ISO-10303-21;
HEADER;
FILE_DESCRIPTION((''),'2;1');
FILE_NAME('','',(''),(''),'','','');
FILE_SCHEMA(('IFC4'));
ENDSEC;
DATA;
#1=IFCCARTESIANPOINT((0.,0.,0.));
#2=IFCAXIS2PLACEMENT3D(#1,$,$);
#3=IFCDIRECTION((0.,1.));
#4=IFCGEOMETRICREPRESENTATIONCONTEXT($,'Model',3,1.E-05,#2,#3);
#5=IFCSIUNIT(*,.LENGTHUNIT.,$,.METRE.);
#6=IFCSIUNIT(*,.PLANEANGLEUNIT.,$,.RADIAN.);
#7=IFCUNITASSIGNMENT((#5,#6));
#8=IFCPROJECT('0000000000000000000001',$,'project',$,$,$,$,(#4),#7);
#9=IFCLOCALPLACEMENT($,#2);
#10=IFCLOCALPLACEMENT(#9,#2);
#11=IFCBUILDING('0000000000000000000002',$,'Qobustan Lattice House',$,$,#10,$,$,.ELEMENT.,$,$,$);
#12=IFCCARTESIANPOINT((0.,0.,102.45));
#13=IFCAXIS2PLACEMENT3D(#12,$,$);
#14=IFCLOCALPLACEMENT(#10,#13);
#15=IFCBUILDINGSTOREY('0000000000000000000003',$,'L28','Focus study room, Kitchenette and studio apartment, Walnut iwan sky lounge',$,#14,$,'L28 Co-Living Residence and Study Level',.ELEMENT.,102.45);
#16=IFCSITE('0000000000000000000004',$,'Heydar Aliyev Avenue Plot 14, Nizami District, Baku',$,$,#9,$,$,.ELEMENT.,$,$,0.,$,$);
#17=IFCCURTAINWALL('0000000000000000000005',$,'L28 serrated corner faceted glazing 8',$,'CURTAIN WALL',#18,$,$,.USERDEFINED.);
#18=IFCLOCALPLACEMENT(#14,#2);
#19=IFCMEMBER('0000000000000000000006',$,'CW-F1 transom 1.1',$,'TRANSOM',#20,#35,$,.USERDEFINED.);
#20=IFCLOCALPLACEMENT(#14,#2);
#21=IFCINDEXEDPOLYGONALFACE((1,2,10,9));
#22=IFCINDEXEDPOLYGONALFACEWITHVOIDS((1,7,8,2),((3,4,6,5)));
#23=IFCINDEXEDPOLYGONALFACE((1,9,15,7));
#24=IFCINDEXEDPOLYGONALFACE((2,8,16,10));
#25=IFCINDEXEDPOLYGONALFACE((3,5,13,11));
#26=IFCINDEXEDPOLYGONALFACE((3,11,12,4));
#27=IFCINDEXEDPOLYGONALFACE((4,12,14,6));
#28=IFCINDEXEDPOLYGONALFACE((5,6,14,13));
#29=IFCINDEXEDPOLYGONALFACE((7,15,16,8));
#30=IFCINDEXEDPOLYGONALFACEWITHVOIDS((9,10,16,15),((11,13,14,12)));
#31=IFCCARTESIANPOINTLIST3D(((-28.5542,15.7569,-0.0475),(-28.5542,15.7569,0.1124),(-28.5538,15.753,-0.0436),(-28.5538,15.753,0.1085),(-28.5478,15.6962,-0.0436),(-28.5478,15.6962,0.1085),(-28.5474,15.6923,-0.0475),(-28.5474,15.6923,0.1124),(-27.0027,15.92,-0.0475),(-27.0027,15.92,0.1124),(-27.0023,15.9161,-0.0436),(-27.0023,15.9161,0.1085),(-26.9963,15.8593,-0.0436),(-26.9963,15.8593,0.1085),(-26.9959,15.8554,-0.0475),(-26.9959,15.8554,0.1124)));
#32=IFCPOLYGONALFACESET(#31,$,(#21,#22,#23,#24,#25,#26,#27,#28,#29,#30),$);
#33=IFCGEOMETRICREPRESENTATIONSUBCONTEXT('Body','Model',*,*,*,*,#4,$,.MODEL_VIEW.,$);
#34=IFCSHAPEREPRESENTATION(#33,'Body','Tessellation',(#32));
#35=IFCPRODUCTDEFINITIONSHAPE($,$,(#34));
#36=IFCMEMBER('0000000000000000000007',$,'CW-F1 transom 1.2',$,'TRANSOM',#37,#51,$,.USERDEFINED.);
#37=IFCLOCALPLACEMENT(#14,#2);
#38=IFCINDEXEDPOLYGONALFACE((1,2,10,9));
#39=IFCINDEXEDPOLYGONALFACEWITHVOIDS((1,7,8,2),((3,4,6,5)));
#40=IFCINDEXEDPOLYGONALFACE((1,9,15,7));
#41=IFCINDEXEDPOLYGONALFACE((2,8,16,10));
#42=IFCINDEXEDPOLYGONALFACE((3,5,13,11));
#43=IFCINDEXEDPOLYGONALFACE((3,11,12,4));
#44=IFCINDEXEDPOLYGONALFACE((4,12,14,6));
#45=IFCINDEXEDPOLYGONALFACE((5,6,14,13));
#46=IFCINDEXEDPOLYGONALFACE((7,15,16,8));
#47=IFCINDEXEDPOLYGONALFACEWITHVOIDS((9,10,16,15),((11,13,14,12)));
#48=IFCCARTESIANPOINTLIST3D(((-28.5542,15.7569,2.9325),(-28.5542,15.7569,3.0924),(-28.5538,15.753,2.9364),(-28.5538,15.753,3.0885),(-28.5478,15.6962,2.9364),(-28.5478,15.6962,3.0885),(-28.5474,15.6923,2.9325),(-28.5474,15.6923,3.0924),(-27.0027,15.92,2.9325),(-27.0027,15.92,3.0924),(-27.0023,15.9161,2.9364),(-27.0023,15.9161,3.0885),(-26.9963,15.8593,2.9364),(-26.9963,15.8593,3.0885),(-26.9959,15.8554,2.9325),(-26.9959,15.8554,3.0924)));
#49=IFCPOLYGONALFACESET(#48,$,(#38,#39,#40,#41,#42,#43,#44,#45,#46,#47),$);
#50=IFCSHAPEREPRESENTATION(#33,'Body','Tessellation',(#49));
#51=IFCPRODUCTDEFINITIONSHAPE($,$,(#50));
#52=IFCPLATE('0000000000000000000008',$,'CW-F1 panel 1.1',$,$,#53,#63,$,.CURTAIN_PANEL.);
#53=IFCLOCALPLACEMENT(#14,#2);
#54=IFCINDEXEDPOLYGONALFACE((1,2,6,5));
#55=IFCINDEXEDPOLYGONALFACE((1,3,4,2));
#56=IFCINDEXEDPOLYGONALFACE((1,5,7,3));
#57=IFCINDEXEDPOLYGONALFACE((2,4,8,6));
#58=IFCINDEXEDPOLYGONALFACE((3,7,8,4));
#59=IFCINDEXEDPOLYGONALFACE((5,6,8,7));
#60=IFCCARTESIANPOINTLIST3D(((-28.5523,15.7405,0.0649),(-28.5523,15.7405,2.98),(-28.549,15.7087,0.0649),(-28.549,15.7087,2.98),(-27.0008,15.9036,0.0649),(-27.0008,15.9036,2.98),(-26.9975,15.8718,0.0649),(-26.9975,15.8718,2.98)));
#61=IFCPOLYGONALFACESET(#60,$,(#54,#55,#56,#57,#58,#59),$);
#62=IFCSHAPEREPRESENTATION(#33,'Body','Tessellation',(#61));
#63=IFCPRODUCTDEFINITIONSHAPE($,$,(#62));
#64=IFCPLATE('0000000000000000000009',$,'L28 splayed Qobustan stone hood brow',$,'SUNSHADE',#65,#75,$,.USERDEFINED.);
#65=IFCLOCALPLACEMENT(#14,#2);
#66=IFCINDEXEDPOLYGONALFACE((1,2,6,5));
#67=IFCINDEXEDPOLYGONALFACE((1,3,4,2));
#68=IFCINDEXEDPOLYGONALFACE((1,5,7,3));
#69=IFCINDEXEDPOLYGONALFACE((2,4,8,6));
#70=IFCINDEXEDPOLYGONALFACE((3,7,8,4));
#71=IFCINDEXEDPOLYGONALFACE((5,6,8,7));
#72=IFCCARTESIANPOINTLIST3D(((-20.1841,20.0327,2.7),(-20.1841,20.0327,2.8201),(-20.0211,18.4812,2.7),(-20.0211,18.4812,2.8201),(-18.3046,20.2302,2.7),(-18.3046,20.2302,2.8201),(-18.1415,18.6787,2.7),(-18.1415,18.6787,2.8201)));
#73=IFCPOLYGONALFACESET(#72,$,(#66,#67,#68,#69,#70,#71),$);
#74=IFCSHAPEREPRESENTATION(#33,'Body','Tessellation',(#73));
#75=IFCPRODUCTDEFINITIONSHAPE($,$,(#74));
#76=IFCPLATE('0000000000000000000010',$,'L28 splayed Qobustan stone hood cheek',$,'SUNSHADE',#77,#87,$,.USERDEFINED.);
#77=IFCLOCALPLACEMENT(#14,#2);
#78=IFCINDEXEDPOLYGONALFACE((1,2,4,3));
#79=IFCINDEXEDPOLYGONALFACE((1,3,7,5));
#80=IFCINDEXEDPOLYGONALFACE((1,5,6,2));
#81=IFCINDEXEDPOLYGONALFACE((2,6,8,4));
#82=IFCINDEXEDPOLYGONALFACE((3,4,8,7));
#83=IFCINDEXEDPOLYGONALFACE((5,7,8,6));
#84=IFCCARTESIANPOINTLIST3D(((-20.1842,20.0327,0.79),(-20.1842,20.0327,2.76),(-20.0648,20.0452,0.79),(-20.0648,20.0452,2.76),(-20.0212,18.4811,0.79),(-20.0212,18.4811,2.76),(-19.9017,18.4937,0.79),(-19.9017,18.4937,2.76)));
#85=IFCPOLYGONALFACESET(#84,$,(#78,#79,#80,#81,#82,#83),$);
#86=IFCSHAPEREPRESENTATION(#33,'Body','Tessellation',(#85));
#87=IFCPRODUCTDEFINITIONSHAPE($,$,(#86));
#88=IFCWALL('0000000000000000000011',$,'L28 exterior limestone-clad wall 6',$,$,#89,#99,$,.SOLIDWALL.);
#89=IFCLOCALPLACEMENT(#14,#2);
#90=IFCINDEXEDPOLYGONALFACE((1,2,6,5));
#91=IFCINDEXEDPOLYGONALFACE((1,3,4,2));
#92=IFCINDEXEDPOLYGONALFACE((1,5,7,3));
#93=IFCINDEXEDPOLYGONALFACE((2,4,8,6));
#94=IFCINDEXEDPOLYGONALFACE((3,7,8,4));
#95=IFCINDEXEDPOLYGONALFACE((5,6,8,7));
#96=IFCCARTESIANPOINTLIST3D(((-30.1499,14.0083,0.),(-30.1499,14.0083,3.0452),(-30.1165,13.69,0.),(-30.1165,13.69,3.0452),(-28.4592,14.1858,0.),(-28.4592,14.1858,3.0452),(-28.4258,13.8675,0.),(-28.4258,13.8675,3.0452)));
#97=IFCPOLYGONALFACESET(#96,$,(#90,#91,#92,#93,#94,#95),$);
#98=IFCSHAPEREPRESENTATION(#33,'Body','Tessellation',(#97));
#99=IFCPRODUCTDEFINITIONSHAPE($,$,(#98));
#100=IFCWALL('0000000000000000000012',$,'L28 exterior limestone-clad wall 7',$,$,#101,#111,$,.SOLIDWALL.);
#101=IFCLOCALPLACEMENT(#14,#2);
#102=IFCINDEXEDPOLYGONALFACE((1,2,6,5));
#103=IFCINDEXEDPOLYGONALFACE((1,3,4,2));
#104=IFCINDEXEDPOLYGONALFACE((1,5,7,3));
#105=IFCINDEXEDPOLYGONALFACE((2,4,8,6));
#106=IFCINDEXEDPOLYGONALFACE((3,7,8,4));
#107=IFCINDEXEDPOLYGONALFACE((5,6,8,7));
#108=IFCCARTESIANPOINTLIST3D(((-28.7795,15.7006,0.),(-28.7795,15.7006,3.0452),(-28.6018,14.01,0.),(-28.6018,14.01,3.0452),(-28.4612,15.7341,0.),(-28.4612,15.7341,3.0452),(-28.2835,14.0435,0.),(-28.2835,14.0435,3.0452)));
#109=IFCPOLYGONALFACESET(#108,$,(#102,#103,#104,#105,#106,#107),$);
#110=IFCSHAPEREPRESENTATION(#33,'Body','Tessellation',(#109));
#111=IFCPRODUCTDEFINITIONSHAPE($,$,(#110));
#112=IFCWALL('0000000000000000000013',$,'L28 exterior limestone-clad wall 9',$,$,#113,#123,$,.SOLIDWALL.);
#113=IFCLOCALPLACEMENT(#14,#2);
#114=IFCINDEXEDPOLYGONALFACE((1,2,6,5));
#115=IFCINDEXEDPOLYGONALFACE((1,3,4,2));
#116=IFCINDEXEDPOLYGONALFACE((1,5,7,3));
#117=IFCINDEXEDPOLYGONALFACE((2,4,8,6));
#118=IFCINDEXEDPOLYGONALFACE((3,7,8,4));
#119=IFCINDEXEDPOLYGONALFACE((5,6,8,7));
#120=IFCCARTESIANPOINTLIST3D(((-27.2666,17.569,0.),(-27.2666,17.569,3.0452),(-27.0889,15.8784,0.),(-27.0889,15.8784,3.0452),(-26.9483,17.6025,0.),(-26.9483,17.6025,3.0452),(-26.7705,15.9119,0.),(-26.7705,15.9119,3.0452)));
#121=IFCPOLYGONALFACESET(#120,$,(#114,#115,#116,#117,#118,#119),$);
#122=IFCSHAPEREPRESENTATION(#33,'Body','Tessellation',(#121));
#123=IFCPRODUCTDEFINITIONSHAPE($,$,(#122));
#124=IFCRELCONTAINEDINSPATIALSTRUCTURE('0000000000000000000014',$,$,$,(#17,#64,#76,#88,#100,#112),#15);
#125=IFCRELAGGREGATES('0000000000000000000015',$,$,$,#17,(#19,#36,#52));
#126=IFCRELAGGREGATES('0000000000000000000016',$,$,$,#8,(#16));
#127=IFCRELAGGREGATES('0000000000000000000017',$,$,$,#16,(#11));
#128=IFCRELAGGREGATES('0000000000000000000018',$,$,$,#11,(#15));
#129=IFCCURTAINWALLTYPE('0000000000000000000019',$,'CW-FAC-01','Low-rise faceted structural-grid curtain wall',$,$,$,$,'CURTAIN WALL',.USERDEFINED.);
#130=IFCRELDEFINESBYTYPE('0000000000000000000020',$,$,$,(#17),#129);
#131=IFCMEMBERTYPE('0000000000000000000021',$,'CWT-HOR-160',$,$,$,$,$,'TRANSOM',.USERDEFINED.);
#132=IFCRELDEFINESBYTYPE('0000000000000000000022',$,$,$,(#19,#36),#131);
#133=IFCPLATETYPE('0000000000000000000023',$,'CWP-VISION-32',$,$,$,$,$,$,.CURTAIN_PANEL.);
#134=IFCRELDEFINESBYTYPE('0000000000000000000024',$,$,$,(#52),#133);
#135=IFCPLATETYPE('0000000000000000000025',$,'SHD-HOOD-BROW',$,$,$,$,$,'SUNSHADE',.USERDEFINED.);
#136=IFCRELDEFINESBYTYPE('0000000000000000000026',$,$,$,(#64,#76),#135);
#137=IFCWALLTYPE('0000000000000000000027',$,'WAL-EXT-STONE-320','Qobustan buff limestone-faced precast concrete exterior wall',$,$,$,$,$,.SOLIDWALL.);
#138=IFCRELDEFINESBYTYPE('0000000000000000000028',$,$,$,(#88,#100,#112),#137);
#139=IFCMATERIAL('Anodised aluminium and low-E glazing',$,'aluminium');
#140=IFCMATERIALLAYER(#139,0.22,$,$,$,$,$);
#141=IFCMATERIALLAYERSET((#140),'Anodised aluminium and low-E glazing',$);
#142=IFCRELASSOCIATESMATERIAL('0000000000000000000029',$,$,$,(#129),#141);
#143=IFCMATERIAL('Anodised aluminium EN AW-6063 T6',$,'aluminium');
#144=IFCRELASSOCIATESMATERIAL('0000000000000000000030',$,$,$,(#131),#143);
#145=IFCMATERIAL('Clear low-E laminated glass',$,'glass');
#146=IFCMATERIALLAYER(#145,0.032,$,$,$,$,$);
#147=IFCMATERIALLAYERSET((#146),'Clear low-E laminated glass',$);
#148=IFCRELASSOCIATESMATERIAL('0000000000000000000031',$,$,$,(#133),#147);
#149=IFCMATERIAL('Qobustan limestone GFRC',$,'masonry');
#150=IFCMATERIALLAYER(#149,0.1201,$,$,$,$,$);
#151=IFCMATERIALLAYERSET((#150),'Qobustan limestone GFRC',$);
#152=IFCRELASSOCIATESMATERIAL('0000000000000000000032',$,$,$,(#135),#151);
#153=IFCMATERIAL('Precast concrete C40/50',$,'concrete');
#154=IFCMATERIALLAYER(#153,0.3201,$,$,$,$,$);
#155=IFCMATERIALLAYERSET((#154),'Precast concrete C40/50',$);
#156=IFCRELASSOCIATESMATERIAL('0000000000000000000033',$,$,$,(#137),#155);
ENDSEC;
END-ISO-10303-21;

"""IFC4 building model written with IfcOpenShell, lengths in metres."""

from ifc_helpers import new_model, si_unit, direction, frame, frame_2d, origin, origin_2d, place, context, subcontext, project, spatial, rectangle, hollow_rectangle, extrude, material, layer, layer_set, material_profile, profile_set, type_object, element, aggregate, save


model = new_model("IFC4")

# Units and contexts
model_context = context("Model", 3, precision=1e-05, world=origin(), true_north=direction((0.0, 1.0)))
body_context = subcontext(model_context, "Body", "Model", "MODEL_VIEW")
ifc_project = project(units=[si_unit("LENGTHUNIT", "METRE"), si_unit("PLANEANGLEUNIT", "RADIAN")], contexts=[model_context])

# Site, building, storey
site_placement = place(None, origin())
site = spatial("IfcSite", under=ifc_project, at=site_placement, Name="Heydar Aliyev Avenue Plot 14, Nizami District, Baku", CompositionType="ELEMENT", RefElevation=0.0)
building_placement = place(site_placement, origin())
building = spatial("IfcBuilding", under=site, at=building_placement, Name="Qobustan Lattice House", CompositionType="ELEMENT")
storey_placement = place(building_placement, frame((0.0, 0.0, 102.45)))
storey = spatial("IfcBuildingStorey", under=building, at=storey_placement, Name="L28", Description="Focus study room, Kitchenette and studio apartment, Walnut iwan sky lounge", LongName="L28 Co-Living Residence and Study Level", CompositionType="ELEMENT", Elevation=102.45)

# Curtain wall, members, plate
ifc_material_1 = material(Name="Anodised aluminium and low-E glazing", Category="aluminium")
ifc_layer_1 = layer(ifc_material_1, 0.22)
ifc_layer_set_1 = layer_set([ifc_layer_1], Name="Anodised aluminium and low-E glazing")
curtain_wall_type = type_object("IfcCurtainWallType", Name="CW-FAC-01", Description="Low-rise faceted structural-grid curtain wall", ElementType="CURTAIN WALL", PredefinedType="USERDEFINED", material=ifc_layer_set_1)
curtain_wall_placement = place(storey_placement, origin())
curtain_wall = element("IfcCurtainWall", 1, at=curtain_wall_placement, inside=storey, type_object=curtain_wall_type, Name="L28 serrated corner faceted glazing 8", ObjectType="CURTAIN WALL", PredefinedType="USERDEFINED")
ifc_material_2 = material(Name="Anodised aluminium EN AW-6063 T6", Category="aluminium")
ifc_material_profile_1 = material_profile(ifc_material_2, hollow_rectangle(XDim=0.0649, YDim=0.1599, WallThickness=0.0039, at=origin_2d()), Name="CWT-160x65")
ifc_profile_set_1 = profile_set([ifc_material_profile_1], Name="Anodised aluminium EN AW-6063 T6")
member_type_1 = type_object("IfcMemberType", Name="CWT-HOR-160", ElementType="TRANSOM", PredefinedType="USERDEFINED", material=ifc_profile_set_1)
member_1_placement = place(storey_placement, frame((-28.5508, 15.7246, 0.0325), z_axis=(0.994521, 0.104538, 0.0), x_axis=(-0.104538, 0.994521, 0.0)))
member_1 = element("IfcMember", 2, at=member_1_placement, type_object=member_type_1, Name="CW-F1 transom 1.1", ObjectType="TRANSOM", PredefinedType="USERDEFINED", context=body_context, shape_type="SweptSolid", body=[
    extrude(hollow_rectangle(XDim=0.0649, YDim=0.1599, WallThickness=0.0039, at=origin_2d()), origin(), (0.0, 0.0, 1.0), 1.5601),
])
member_2_placement = place(storey_placement, frame((-28.5508, 15.7246, 3.0125), z_axis=(0.994521, 0.104538, 0.0), x_axis=(-0.104538, 0.994521, 0.0)))
member_2 = element("IfcMember", 3, at=member_2_placement, type_object=member_type_1, Name="CW-F1 transom 1.2", ObjectType="TRANSOM", PredefinedType="USERDEFINED", context=body_context, shape_type="SweptSolid", body=[
    extrude(hollow_rectangle(XDim=0.0649, YDim=0.1599, WallThickness=0.0039, at=origin_2d()), origin(), (0.0, 0.0, 1.0), 1.5601),
])
ifc_material_3 = material(Name="Clear low-E laminated glass", Category="glass")
ifc_layer_2 = layer(ifc_material_3, 0.032)
ifc_layer_set_2 = layer_set([ifc_layer_2], Name="Clear low-E laminated glass")
plate_type_1 = type_object("IfcPlateType", Name="CWP-VISION-32", PredefinedType="CURTAIN_PANEL", material=ifc_layer_set_2)
plate_1_placement = place(storey_placement, frame((-27.7749, 15.8062, 0.0649), z_axis=(0.0, 0.0, 1.0), x_axis=(0.994522, 0.104529, 0.0)))
plate_1 = element("IfcPlate", 4, at=plate_1_placement, type_object=plate_type_1, Name="CW-F1 panel 1.1", PredefinedType="CURTAIN_PANEL", context=body_context, shape_type="SweptSolid", body=[
    extrude(rectangle(XDim=1.5601, YDim=0.032, at=origin_2d()), origin(), (0.0, 0.0, 1.0), 2.915),
])
aggregate(curtain_wall, [member_1, member_2, plate_1])

# Plates
ifc_material_4 = material(Name="Qobustan limestone GFRC", Category="masonry")
ifc_layer_3 = layer(ifc_material_4, 0.1201)
ifc_layer_set_3 = layer_set([ifc_layer_3], Name="Qobustan limestone GFRC")
plate_type_2 = type_object("IfcPlateType", Name="SHD-HOOD-BROW", ElementType="SUNSHADE", PredefinedType="USERDEFINED", material=ifc_layer_set_3)
plate_2_placement = place(storey_placement, frame((-19.1628, 19.3557, 2.7), z_axis=(0.0, 0.0, 1.0), x_axis=(0.994522, 0.104528, 0.0)))
element("IfcPlate", 5, at=plate_2_placement, inside=storey, type_object=plate_type_2, Name="L28 splayed Qobustan stone hood brow", ObjectType="SUNSHADE", PredefinedType="USERDEFINED", context=body_context, shape_type="SweptSolid", body=[
    extrude(rectangle(XDim=1.8899, YDim=1.5601, at=origin_2d()), origin(), (0.0, 0.0, 1.0), 0.1201),
])
plate_3_placement = place(storey_placement, frame((-20.043, 19.2632, 0.79), z_axis=(0.0, 0.0, 1.0), x_axis=(0.994522, 0.104528, 0.0)))
element("IfcPlate", 6, at=plate_3_placement, inside=storey, type_object=plate_type_2, Name="L28 splayed Qobustan stone hood cheek", ObjectType="SUNSHADE", PredefinedType="USERDEFINED", context=body_context, shape_type="SweptSolid", body=[
    extrude(rectangle(XDim=0.1201, YDim=1.5601, at=origin_2d()), origin(), (0.0, 0.0, 1.0), 1.97),
])

# Walls
ifc_material_5 = material(Name="Precast concrete C40/50", Category="concrete")
ifc_layer_4 = layer(ifc_material_5, 0.3201)
ifc_layer_set_4 = layer_set([ifc_layer_4], Name="Precast concrete C40/50")
wall_type = type_object("IfcWallType", Name="WAL-EXT-STONE-320", Description="Qobustan buff limestone-faced precast concrete exterior wall", PredefinedType="SOLIDWALL", material=ifc_layer_set_4)
for number, where, z_axis, x_axis, name in (
    (7, (-30.1333, 13.8491, 0.0), (0.0, 0.0, 1.0), (0.994535, 0.104408, 0.0), "L28 exterior limestone-clad wall 6"),
    (8, (-28.4426, 14.0266, 0.0), (0.0, 0.0, 1.0), (-0.10455, 0.99452, 0.0), "L28 exterior limestone-clad wall 7"),
    (9, (-26.9297, 15.895, 0.0), (0.0, 0.0, 1.0), (-0.10455, 0.99452, 0.0), "L28 exterior limestone-clad wall 9"),
):
    element("IfcWall", number, at=place(storey_placement, frame(where, z_axis=z_axis, x_axis=x_axis)), inside=storey, type_object=wall_type, Name=name, PredefinedType="SOLIDWALL", context=body_context, shape_type="SweptSolid", body=[
        extrude(rectangle(XDim=1.7, YDim=0.3201, at=frame_2d((0.8501, 0.0))), origin(), (0.0, 0.0, 1.0), 3.0452),
    ])

save(model, "model.ifc")
